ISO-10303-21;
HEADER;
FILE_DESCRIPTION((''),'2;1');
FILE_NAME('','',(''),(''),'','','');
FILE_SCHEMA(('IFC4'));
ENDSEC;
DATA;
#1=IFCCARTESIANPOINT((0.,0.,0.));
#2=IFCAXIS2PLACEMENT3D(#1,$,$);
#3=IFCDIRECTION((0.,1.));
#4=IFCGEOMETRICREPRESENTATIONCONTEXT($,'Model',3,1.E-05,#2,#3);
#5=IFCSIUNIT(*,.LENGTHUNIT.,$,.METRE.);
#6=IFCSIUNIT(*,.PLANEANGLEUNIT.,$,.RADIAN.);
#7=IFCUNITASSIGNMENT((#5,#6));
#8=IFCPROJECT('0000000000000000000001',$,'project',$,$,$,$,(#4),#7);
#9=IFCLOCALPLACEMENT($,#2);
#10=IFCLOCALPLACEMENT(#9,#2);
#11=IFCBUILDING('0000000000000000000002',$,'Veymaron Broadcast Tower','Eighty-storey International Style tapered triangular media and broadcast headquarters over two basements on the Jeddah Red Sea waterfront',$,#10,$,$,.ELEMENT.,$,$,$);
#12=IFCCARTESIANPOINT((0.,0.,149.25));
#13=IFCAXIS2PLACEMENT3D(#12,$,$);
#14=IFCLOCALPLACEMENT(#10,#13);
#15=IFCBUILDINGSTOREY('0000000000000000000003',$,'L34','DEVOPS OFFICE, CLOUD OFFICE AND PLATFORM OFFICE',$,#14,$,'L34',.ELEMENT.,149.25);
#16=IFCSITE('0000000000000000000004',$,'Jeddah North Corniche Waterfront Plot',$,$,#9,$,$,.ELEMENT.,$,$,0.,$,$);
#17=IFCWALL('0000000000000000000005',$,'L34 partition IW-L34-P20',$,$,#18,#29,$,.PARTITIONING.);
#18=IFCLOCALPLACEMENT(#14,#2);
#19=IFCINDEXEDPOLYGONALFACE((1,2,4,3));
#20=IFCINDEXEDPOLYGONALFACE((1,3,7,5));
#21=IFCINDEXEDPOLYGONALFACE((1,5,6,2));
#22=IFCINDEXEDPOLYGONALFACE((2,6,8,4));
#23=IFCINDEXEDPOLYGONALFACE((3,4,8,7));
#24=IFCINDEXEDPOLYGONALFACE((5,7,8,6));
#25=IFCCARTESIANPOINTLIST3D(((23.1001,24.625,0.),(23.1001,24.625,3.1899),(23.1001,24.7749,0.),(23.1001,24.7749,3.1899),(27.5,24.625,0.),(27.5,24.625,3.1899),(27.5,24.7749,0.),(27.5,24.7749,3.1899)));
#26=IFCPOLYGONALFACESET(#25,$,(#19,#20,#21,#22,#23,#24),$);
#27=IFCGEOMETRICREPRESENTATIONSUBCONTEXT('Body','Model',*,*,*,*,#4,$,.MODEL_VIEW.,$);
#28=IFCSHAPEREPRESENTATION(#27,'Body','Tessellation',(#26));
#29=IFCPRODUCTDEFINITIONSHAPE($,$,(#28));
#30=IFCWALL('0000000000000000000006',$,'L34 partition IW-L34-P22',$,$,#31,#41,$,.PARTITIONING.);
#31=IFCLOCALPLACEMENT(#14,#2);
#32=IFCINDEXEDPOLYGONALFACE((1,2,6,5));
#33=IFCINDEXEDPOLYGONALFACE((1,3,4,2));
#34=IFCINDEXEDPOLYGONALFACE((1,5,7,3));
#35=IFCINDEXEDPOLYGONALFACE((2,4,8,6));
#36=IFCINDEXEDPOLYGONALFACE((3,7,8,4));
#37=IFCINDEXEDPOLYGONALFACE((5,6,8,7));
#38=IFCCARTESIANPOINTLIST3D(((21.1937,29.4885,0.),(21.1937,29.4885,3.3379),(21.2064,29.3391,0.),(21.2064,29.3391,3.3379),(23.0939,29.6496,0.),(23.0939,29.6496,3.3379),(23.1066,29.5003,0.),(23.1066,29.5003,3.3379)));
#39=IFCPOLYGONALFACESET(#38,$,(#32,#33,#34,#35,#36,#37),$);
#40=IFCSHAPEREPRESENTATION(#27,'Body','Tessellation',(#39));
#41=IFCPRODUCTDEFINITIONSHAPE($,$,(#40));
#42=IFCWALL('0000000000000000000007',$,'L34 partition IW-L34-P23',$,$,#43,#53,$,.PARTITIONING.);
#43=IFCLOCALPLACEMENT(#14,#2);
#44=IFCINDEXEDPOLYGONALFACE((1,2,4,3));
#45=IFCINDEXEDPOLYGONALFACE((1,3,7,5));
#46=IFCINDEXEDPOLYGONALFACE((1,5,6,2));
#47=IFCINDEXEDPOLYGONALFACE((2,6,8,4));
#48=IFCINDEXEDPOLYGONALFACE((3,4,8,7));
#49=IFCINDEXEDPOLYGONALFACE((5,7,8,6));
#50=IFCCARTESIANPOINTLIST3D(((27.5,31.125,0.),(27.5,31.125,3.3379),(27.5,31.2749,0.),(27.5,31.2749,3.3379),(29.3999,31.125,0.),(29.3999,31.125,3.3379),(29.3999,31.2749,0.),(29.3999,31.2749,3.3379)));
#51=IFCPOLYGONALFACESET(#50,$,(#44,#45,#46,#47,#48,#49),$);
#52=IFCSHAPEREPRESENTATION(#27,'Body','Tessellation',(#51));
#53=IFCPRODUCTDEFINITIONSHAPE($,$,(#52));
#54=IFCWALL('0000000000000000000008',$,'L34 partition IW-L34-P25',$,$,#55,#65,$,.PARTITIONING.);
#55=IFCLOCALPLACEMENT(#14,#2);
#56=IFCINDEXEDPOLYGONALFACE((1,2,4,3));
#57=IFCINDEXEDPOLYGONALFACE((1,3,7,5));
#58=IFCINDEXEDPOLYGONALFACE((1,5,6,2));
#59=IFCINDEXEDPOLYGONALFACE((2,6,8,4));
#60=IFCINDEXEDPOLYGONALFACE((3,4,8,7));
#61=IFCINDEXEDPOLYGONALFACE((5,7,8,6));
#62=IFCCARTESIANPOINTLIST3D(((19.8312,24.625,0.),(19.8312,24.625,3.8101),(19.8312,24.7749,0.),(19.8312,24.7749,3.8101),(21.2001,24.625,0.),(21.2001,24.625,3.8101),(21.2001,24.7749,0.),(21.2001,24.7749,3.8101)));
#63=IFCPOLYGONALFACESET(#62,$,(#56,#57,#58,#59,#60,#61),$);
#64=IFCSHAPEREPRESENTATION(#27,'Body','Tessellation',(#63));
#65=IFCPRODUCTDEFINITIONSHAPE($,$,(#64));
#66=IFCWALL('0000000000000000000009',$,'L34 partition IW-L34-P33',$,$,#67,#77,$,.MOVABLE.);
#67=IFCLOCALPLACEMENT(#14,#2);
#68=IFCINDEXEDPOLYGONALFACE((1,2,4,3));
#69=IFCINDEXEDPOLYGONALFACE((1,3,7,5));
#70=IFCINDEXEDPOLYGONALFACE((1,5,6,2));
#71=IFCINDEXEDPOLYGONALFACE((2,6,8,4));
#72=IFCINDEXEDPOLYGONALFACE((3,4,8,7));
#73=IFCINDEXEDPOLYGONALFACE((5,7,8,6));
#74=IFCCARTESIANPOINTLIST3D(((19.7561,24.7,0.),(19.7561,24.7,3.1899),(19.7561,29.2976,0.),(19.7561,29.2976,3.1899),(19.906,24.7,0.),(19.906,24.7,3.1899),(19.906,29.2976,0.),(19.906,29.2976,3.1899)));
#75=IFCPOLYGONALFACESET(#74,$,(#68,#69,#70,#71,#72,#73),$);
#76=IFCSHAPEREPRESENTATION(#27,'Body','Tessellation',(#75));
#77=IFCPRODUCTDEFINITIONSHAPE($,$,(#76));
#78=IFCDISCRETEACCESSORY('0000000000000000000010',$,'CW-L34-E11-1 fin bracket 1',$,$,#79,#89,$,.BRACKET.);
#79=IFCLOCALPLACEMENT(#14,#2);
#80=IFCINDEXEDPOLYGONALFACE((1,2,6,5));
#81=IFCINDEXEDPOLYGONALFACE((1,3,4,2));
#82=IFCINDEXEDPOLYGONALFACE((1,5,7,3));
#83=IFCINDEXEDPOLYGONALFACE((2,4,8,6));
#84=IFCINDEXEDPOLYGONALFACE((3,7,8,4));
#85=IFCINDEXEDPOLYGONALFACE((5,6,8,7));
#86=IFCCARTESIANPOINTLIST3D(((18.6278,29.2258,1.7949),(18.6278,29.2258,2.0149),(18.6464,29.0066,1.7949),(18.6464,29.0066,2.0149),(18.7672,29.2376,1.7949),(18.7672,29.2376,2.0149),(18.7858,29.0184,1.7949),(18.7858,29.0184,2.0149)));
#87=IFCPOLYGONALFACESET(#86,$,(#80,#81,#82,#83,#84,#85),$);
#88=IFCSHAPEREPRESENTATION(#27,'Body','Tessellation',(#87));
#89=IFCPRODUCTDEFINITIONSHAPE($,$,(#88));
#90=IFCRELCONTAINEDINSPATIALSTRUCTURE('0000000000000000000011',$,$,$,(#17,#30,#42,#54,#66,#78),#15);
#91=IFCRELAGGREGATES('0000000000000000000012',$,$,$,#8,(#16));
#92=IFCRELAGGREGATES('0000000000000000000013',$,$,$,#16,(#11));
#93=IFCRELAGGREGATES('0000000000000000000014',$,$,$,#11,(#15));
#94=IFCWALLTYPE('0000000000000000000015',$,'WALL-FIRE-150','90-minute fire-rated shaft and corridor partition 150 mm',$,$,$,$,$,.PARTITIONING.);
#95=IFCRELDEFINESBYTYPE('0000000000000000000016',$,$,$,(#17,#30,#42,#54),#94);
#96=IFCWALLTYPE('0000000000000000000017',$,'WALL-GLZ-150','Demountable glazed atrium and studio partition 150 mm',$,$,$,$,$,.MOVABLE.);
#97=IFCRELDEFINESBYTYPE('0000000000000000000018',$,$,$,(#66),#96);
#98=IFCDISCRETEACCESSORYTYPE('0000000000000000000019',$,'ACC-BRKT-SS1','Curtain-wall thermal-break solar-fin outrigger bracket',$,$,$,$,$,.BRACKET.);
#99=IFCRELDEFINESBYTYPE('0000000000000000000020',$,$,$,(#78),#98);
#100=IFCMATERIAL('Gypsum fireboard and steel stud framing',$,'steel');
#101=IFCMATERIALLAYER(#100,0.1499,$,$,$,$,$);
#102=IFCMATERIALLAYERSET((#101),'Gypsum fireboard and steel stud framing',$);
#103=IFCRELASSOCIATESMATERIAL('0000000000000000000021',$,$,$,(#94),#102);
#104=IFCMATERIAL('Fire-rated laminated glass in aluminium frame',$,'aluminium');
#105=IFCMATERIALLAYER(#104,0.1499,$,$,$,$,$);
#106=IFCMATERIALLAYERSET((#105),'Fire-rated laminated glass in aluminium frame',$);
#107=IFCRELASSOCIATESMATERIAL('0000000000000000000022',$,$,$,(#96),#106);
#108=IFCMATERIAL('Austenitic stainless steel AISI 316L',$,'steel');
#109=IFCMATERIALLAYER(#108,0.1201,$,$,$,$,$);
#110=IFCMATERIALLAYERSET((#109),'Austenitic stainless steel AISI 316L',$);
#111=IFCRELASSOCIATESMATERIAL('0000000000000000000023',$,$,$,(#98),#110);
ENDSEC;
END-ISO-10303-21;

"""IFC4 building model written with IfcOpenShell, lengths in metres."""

from ifc_helpers import new_model, si_unit, direction, frame, frame_2d, origin, origin_2d, place, context, subcontext, project, spatial, rectangle, extrude, material, layer, layer_set, type_object, element, save


model = new_model("IFC4")

# Units and contexts
model_context = context("Model", 3, precision=1e-05, world=origin(), true_north=direction((0.0, 1.0)))
body_context = subcontext(model_context, "Body", "Model", "MODEL_VIEW")
ifc_project = project(units=[si_unit("LENGTHUNIT", "METRE"), si_unit("PLANEANGLEUNIT", "RADIAN")], contexts=[model_context])

# Site, building, storey
site_placement = place(None, origin())
site = spatial("IfcSite", under=ifc_project, at=site_placement, Name="Jeddah North Corniche Waterfront Plot", CompositionType="ELEMENT", RefElevation=0.0)
building_placement = place(site_placement, origin())
building = spatial("IfcBuilding", under=site, at=building_placement, Name="Veymaron Broadcast Tower", Description="Eighty-storey International Style tapered triangular media and broadcast headquarters over two basements on the Jeddah Red Sea waterfront", CompositionType="ELEMENT")
storey_placement = place(building_placement, frame((0.0, 0.0, 149.25)))
storey = spatial("IfcBuildingStorey", under=building, at=storey_placement, Name="L34", Description="DEVOPS OFFICE, CLOUD OFFICE AND PLATFORM OFFICE", LongName="L34", CompositionType="ELEMENT", Elevation=149.25)

# Shared definitions
ifc_material_1 = material(Name="Gypsum fireboard and steel stud framing", Category="steel")
ifc_layer_1 = layer(ifc_material_1, 0.1499)
ifc_layer_set_1 = layer_set([ifc_layer_1], Name="Gypsum fireboard and steel stud framing")
wall_type_1 = type_object("IfcWallType", Name="WALL-FIRE-150", Description="90-minute fire-rated shaft and corridor partition 150 mm", PredefinedType="PARTITIONING", material=ifc_layer_set_1)

# Walls
wall_1_placement = place(storey_placement, frame((23.1001, 24.7, 0.0), z_axis=(0.0, 0.0, 1.0), x_axis=(1.0, 0.0, 0.0)))
element("IfcWall", 1, at=wall_1_placement, inside=storey, type_object=wall_type_1, Name="L34 partition IW-L34-P20", PredefinedType="PARTITIONING", context=body_context, shape_type="SweptSolid", body=[
    extrude(rectangle(XDim=4.3999, YDim=0.1499, at=frame_2d((2.2, 0.0))), origin(), (0.0, 0.0, 1.0), 3.1899),
])
wall_2_placement = place(storey_placement, frame((21.2, 29.4138, 0.0), z_axis=(0.0, 0.0, 1.0), x_axis=(0.996424, 0.084497, 0.0)))
element("IfcWall", 2, at=wall_2_placement, inside=storey, type_object=wall_type_1, Name="L34 partition IW-L34-P22", PredefinedType="PARTITIONING", context=body_context, shape_type="SweptSolid", body=[
    extrude(rectangle(XDim=1.907, YDim=0.1499, at=frame_2d((0.9536, 0.0))), origin(), (0.0, 0.0, 1.0), 3.3379),
])
wall_3_placement = place(storey_placement, frame((27.5, 31.2, 0.0), z_axis=(0.0, 0.0, 1.0), x_axis=(1.0, 0.0, 0.0)))
element("IfcWall", 3, at=wall_3_placement, inside=storey, type_object=wall_type_1, Name="L34 partition IW-L34-P23", PredefinedType="PARTITIONING", context=body_context, shape_type="SweptSolid", body=[
    extrude(rectangle(XDim=1.8999, YDim=0.1499, at=frame_2d((0.95, 0.0))), origin(), (0.0, 0.0, 1.0), 3.3379),
])
wall_4_placement = place(storey_placement, frame((19.8311, 24.7, 0.0), z_axis=(0.0, 0.0, 1.0), x_axis=(1.0, 0.0, 0.0)))
element("IfcWall", 4, at=wall_4_placement, inside=storey, type_object=wall_type_1, Name="L34 partition IW-L34-P25", PredefinedType="PARTITIONING", context=body_context, shape_type="SweptSolid", body=[
    extrude(rectangle(XDim=1.3689, YDim=0.1499, at=frame_2d((0.6846, 0.0))), origin(), (0.0, 0.0, 1.0), 3.8101),
])
ifc_material_2 = material(Name="Fire-rated laminated glass in aluminium frame", Category="aluminium")
ifc_layer_2 = layer(ifc_material_2, 0.1499)
ifc_layer_set_2 = layer_set([ifc_layer_2], Name="Fire-rated laminated glass in aluminium frame")
wall_type_2 = type_object("IfcWallType", Name="WALL-GLZ-150", Description="Demountable glazed atrium and studio partition 150 mm", PredefinedType="MOVABLE", material=ifc_layer_set_2)
wall_5_placement = place(storey_placement, frame((19.8311, 24.7, 0.0), z_axis=(0.0, 0.0, 1.0), x_axis=(0.0, 1.0, 0.0)))
element("IfcWall", 5, at=wall_5_placement, inside=storey, type_object=wall_type_2, Name="L34 partition IW-L34-P33", PredefinedType="MOVABLE", context=body_context, shape_type="SweptSolid", body=[
    extrude(rectangle(XDim=4.5977, YDim=0.1499, at=frame_2d((2.2988, 0.0))), origin(), (0.0, 0.0, 1.0), 3.1899),
])

# Discrete accessory
ifc_material_3 = material(Name="Austenitic stainless steel AISI 316L", Category="steel")
ifc_layer_3 = layer(ifc_material_3, 0.1201)
ifc_layer_set_3 = layer_set([ifc_layer_3], Name="Austenitic stainless steel AISI 316L")
discrete_accessory_type = type_object("IfcDiscreteAccessoryType", Name="ACC-BRKT-SS1", Description="Curtain-wall thermal-break solar-fin outrigger bracket", PredefinedType="BRACKET", material=ifc_layer_set_3)
discrete_accessory_placement = place(storey_placement, frame((18.7068, 29.1221, 1.7949), z_axis=(0.0, 0.0, 1.0), x_axis=(-0.084513, 0.996422, 0.0)))
element("IfcDiscreteAccessory", 6, at=discrete_accessory_placement, inside=storey, type_object=discrete_accessory_type, Name="CW-L34-E11-1 fin bracket 1", PredefinedType="BRACKET", context=body_context, shape_type="SweptSolid", body=[
    extrude(rectangle(XDim=0.22, YDim=0.1399, at=origin_2d()), origin(), (0.0, 0.0, 1.0), 0.22),
])

save(model, "model.ifc")
